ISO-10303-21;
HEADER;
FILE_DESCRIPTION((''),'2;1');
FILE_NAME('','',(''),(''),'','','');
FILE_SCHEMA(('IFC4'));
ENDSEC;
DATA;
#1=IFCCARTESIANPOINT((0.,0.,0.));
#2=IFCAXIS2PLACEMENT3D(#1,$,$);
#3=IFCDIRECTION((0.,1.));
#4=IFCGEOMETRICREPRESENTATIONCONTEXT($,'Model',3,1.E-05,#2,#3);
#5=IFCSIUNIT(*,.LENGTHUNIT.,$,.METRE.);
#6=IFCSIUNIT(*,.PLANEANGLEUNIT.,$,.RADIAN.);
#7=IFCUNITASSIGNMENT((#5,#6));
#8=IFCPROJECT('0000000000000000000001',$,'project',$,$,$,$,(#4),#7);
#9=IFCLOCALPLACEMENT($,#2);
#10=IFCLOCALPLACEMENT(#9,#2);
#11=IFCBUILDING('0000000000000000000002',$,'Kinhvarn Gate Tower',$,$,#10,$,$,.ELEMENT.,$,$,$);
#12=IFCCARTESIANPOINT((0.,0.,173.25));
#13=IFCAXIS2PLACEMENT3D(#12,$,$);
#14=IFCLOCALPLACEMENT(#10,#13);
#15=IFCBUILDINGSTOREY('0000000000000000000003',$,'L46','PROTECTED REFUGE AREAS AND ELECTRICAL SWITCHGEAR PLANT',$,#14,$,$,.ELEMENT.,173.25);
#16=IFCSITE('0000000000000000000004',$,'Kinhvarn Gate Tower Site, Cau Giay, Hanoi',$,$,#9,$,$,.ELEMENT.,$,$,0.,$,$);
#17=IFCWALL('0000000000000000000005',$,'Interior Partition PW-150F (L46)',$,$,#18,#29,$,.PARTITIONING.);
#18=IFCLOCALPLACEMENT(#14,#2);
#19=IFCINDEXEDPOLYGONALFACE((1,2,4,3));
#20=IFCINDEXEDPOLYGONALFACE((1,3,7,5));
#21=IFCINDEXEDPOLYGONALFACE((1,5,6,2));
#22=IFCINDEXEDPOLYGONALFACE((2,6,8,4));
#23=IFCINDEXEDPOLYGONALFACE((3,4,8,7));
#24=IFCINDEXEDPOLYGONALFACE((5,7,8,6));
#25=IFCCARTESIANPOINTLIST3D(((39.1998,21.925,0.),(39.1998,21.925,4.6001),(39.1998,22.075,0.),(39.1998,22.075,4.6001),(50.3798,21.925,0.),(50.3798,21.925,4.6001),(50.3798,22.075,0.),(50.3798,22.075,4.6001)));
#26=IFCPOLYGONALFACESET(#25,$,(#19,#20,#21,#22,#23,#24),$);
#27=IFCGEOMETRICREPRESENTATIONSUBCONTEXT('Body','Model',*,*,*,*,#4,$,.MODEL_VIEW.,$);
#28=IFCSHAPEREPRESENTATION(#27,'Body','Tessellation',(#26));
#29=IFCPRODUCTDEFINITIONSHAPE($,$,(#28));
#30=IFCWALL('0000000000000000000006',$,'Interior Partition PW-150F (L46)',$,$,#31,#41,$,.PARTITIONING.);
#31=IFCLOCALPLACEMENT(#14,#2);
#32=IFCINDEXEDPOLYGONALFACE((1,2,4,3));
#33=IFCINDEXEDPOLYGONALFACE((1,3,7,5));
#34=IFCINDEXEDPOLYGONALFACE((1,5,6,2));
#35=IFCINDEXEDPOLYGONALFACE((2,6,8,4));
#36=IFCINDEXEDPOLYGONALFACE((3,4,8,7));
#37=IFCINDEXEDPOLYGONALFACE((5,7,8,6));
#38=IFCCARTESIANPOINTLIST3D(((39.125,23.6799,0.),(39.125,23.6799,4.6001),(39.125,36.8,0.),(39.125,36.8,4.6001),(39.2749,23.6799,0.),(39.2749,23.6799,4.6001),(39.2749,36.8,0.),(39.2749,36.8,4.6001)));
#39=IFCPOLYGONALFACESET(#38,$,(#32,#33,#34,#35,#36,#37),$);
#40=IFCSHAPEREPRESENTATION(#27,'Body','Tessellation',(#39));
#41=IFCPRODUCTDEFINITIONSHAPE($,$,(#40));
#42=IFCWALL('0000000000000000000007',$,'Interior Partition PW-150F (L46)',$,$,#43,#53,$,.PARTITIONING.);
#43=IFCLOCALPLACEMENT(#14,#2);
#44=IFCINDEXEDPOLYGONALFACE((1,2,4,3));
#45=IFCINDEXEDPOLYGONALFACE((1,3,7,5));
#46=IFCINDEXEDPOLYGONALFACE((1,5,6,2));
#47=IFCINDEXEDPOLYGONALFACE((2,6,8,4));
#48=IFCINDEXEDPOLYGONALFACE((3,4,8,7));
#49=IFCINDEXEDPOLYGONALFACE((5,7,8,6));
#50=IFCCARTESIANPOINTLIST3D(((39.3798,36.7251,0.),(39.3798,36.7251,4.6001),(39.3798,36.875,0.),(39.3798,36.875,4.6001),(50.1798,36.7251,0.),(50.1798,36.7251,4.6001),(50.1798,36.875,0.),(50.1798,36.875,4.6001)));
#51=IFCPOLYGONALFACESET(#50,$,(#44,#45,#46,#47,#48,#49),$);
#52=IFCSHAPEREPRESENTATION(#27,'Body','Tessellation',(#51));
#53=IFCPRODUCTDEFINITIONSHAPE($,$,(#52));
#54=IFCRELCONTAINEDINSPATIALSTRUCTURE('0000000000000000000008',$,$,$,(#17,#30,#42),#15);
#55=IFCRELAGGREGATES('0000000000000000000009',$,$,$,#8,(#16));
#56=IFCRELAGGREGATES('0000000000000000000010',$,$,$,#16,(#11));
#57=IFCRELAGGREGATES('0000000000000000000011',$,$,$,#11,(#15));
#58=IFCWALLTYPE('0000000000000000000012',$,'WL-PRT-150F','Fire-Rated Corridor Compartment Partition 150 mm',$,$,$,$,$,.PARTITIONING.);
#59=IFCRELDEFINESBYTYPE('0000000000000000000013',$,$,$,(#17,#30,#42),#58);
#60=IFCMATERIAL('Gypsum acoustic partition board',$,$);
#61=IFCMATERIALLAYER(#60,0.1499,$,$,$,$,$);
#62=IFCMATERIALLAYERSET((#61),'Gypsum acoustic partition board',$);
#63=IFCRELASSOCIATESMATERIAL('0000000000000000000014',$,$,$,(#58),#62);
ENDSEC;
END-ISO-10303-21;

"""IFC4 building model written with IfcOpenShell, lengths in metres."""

from ifc_helpers import new_model, si_unit, direction, frame, frame_2d, origin, place, context, subcontext, project, spatial, rectangle, extrude, material, layer, layer_set, type_object, element, save


model = new_model("IFC4")

# Units and contexts
model_context = context("Model", 3, precision=1e-05, world=origin(), true_north=direction((0.0, 1.0)))
body_context = subcontext(model_context, "Body", "Model", "MODEL_VIEW")
ifc_project = project(units=[si_unit("LENGTHUNIT", "METRE"), si_unit("PLANEANGLEUNIT", "RADIAN")], contexts=[model_context])

# Site, building, storey
site_placement = place(None, origin())
site = spatial("IfcSite", under=ifc_project, at=site_placement, Name="Kinhvarn Gate Tower Site, Cau Giay, Hanoi", CompositionType="ELEMENT", RefElevation=0.0)
building_placement = place(site_placement, origin())
building = spatial("IfcBuilding", under=site, at=building_placement, Name="Kinhvarn Gate Tower", CompositionType="ELEMENT")
storey_placement = place(building_placement, frame((0.0, 0.0, 173.25)))
storey = spatial("IfcBuildingStorey", under=building, at=storey_placement, Name="L46", Description="PROTECTED REFUGE AREAS AND ELECTRICAL SWITCHGEAR PLANT", CompositionType="ELEMENT", Elevation=173.25)

# Shared definitions
ifc_material_1 = material(Name="Gypsum acoustic partition board")
ifc_layer_1 = layer(ifc_material_1, 0.1499)
ifc_layer_set_1 = layer_set([ifc_layer_1], Name="Gypsum acoustic partition board")
wall_type = type_object("IfcWallType", Name="WL-PRT-150F", Description="Fire-Rated Corridor Compartment Partition 150 mm", PredefinedType="PARTITIONING", material=ifc_layer_set_1)

# Walls
wall_1_placement = place(storey_placement, frame((39.2, 22.0, 0.0), z_axis=(0.0, 0.0, 1.0), x_axis=(1.0, 0.0, 0.0)))
element("IfcWall", 1, at=wall_1_placement, inside=storey, type_object=wall_type, Name="Interior Partition PW-150F (L46)", PredefinedType="PARTITIONING", context=body_context, shape_type="SweptSolid", body=[
    extrude(rectangle(XDim=11.1799, YDim=0.1499, at=frame_2d((5.5898, 0.0))), origin(), (0.0, 0.0, 1.0), 4.6001),
])
wall_2_placement = place(storey_placement, frame((39.2, 23.6799, 0.0), z_axis=(0.0, 0.0, 1.0), x_axis=(0.0, 1.0, 0.0)))
element("IfcWall", 2, at=wall_2_placement, inside=storey, type_object=wall_type, Name="Interior Partition PW-150F (L46)", PredefinedType="PARTITIONING", context=body_context, shape_type="SweptSolid", body=[
    extrude(rectangle(XDim=13.1201, YDim=0.1499, at=frame_2d((6.5601, 0.0))), origin(), (0.0, 0.0, 1.0), 4.6001),
])
wall_3_placement = place(storey_placement, frame((39.3799, 36.8, 0.0), z_axis=(0.0, 0.0, 1.0), x_axis=(1.0, 0.0, 0.0)))
element("IfcWall", 3, at=wall_3_placement, inside=storey, type_object=wall_type, Name="Interior Partition PW-150F (L46)", PredefinedType="PARTITIONING", context=body_context, shape_type="SweptSolid", body=[
    extrude(rectangle(XDim=10.8, YDim=0.1499, at=frame_2d((5.3999, 0.0))), origin(), (0.0, 0.0, 1.0), 4.6001),
])

save(model, "model.ifc")
